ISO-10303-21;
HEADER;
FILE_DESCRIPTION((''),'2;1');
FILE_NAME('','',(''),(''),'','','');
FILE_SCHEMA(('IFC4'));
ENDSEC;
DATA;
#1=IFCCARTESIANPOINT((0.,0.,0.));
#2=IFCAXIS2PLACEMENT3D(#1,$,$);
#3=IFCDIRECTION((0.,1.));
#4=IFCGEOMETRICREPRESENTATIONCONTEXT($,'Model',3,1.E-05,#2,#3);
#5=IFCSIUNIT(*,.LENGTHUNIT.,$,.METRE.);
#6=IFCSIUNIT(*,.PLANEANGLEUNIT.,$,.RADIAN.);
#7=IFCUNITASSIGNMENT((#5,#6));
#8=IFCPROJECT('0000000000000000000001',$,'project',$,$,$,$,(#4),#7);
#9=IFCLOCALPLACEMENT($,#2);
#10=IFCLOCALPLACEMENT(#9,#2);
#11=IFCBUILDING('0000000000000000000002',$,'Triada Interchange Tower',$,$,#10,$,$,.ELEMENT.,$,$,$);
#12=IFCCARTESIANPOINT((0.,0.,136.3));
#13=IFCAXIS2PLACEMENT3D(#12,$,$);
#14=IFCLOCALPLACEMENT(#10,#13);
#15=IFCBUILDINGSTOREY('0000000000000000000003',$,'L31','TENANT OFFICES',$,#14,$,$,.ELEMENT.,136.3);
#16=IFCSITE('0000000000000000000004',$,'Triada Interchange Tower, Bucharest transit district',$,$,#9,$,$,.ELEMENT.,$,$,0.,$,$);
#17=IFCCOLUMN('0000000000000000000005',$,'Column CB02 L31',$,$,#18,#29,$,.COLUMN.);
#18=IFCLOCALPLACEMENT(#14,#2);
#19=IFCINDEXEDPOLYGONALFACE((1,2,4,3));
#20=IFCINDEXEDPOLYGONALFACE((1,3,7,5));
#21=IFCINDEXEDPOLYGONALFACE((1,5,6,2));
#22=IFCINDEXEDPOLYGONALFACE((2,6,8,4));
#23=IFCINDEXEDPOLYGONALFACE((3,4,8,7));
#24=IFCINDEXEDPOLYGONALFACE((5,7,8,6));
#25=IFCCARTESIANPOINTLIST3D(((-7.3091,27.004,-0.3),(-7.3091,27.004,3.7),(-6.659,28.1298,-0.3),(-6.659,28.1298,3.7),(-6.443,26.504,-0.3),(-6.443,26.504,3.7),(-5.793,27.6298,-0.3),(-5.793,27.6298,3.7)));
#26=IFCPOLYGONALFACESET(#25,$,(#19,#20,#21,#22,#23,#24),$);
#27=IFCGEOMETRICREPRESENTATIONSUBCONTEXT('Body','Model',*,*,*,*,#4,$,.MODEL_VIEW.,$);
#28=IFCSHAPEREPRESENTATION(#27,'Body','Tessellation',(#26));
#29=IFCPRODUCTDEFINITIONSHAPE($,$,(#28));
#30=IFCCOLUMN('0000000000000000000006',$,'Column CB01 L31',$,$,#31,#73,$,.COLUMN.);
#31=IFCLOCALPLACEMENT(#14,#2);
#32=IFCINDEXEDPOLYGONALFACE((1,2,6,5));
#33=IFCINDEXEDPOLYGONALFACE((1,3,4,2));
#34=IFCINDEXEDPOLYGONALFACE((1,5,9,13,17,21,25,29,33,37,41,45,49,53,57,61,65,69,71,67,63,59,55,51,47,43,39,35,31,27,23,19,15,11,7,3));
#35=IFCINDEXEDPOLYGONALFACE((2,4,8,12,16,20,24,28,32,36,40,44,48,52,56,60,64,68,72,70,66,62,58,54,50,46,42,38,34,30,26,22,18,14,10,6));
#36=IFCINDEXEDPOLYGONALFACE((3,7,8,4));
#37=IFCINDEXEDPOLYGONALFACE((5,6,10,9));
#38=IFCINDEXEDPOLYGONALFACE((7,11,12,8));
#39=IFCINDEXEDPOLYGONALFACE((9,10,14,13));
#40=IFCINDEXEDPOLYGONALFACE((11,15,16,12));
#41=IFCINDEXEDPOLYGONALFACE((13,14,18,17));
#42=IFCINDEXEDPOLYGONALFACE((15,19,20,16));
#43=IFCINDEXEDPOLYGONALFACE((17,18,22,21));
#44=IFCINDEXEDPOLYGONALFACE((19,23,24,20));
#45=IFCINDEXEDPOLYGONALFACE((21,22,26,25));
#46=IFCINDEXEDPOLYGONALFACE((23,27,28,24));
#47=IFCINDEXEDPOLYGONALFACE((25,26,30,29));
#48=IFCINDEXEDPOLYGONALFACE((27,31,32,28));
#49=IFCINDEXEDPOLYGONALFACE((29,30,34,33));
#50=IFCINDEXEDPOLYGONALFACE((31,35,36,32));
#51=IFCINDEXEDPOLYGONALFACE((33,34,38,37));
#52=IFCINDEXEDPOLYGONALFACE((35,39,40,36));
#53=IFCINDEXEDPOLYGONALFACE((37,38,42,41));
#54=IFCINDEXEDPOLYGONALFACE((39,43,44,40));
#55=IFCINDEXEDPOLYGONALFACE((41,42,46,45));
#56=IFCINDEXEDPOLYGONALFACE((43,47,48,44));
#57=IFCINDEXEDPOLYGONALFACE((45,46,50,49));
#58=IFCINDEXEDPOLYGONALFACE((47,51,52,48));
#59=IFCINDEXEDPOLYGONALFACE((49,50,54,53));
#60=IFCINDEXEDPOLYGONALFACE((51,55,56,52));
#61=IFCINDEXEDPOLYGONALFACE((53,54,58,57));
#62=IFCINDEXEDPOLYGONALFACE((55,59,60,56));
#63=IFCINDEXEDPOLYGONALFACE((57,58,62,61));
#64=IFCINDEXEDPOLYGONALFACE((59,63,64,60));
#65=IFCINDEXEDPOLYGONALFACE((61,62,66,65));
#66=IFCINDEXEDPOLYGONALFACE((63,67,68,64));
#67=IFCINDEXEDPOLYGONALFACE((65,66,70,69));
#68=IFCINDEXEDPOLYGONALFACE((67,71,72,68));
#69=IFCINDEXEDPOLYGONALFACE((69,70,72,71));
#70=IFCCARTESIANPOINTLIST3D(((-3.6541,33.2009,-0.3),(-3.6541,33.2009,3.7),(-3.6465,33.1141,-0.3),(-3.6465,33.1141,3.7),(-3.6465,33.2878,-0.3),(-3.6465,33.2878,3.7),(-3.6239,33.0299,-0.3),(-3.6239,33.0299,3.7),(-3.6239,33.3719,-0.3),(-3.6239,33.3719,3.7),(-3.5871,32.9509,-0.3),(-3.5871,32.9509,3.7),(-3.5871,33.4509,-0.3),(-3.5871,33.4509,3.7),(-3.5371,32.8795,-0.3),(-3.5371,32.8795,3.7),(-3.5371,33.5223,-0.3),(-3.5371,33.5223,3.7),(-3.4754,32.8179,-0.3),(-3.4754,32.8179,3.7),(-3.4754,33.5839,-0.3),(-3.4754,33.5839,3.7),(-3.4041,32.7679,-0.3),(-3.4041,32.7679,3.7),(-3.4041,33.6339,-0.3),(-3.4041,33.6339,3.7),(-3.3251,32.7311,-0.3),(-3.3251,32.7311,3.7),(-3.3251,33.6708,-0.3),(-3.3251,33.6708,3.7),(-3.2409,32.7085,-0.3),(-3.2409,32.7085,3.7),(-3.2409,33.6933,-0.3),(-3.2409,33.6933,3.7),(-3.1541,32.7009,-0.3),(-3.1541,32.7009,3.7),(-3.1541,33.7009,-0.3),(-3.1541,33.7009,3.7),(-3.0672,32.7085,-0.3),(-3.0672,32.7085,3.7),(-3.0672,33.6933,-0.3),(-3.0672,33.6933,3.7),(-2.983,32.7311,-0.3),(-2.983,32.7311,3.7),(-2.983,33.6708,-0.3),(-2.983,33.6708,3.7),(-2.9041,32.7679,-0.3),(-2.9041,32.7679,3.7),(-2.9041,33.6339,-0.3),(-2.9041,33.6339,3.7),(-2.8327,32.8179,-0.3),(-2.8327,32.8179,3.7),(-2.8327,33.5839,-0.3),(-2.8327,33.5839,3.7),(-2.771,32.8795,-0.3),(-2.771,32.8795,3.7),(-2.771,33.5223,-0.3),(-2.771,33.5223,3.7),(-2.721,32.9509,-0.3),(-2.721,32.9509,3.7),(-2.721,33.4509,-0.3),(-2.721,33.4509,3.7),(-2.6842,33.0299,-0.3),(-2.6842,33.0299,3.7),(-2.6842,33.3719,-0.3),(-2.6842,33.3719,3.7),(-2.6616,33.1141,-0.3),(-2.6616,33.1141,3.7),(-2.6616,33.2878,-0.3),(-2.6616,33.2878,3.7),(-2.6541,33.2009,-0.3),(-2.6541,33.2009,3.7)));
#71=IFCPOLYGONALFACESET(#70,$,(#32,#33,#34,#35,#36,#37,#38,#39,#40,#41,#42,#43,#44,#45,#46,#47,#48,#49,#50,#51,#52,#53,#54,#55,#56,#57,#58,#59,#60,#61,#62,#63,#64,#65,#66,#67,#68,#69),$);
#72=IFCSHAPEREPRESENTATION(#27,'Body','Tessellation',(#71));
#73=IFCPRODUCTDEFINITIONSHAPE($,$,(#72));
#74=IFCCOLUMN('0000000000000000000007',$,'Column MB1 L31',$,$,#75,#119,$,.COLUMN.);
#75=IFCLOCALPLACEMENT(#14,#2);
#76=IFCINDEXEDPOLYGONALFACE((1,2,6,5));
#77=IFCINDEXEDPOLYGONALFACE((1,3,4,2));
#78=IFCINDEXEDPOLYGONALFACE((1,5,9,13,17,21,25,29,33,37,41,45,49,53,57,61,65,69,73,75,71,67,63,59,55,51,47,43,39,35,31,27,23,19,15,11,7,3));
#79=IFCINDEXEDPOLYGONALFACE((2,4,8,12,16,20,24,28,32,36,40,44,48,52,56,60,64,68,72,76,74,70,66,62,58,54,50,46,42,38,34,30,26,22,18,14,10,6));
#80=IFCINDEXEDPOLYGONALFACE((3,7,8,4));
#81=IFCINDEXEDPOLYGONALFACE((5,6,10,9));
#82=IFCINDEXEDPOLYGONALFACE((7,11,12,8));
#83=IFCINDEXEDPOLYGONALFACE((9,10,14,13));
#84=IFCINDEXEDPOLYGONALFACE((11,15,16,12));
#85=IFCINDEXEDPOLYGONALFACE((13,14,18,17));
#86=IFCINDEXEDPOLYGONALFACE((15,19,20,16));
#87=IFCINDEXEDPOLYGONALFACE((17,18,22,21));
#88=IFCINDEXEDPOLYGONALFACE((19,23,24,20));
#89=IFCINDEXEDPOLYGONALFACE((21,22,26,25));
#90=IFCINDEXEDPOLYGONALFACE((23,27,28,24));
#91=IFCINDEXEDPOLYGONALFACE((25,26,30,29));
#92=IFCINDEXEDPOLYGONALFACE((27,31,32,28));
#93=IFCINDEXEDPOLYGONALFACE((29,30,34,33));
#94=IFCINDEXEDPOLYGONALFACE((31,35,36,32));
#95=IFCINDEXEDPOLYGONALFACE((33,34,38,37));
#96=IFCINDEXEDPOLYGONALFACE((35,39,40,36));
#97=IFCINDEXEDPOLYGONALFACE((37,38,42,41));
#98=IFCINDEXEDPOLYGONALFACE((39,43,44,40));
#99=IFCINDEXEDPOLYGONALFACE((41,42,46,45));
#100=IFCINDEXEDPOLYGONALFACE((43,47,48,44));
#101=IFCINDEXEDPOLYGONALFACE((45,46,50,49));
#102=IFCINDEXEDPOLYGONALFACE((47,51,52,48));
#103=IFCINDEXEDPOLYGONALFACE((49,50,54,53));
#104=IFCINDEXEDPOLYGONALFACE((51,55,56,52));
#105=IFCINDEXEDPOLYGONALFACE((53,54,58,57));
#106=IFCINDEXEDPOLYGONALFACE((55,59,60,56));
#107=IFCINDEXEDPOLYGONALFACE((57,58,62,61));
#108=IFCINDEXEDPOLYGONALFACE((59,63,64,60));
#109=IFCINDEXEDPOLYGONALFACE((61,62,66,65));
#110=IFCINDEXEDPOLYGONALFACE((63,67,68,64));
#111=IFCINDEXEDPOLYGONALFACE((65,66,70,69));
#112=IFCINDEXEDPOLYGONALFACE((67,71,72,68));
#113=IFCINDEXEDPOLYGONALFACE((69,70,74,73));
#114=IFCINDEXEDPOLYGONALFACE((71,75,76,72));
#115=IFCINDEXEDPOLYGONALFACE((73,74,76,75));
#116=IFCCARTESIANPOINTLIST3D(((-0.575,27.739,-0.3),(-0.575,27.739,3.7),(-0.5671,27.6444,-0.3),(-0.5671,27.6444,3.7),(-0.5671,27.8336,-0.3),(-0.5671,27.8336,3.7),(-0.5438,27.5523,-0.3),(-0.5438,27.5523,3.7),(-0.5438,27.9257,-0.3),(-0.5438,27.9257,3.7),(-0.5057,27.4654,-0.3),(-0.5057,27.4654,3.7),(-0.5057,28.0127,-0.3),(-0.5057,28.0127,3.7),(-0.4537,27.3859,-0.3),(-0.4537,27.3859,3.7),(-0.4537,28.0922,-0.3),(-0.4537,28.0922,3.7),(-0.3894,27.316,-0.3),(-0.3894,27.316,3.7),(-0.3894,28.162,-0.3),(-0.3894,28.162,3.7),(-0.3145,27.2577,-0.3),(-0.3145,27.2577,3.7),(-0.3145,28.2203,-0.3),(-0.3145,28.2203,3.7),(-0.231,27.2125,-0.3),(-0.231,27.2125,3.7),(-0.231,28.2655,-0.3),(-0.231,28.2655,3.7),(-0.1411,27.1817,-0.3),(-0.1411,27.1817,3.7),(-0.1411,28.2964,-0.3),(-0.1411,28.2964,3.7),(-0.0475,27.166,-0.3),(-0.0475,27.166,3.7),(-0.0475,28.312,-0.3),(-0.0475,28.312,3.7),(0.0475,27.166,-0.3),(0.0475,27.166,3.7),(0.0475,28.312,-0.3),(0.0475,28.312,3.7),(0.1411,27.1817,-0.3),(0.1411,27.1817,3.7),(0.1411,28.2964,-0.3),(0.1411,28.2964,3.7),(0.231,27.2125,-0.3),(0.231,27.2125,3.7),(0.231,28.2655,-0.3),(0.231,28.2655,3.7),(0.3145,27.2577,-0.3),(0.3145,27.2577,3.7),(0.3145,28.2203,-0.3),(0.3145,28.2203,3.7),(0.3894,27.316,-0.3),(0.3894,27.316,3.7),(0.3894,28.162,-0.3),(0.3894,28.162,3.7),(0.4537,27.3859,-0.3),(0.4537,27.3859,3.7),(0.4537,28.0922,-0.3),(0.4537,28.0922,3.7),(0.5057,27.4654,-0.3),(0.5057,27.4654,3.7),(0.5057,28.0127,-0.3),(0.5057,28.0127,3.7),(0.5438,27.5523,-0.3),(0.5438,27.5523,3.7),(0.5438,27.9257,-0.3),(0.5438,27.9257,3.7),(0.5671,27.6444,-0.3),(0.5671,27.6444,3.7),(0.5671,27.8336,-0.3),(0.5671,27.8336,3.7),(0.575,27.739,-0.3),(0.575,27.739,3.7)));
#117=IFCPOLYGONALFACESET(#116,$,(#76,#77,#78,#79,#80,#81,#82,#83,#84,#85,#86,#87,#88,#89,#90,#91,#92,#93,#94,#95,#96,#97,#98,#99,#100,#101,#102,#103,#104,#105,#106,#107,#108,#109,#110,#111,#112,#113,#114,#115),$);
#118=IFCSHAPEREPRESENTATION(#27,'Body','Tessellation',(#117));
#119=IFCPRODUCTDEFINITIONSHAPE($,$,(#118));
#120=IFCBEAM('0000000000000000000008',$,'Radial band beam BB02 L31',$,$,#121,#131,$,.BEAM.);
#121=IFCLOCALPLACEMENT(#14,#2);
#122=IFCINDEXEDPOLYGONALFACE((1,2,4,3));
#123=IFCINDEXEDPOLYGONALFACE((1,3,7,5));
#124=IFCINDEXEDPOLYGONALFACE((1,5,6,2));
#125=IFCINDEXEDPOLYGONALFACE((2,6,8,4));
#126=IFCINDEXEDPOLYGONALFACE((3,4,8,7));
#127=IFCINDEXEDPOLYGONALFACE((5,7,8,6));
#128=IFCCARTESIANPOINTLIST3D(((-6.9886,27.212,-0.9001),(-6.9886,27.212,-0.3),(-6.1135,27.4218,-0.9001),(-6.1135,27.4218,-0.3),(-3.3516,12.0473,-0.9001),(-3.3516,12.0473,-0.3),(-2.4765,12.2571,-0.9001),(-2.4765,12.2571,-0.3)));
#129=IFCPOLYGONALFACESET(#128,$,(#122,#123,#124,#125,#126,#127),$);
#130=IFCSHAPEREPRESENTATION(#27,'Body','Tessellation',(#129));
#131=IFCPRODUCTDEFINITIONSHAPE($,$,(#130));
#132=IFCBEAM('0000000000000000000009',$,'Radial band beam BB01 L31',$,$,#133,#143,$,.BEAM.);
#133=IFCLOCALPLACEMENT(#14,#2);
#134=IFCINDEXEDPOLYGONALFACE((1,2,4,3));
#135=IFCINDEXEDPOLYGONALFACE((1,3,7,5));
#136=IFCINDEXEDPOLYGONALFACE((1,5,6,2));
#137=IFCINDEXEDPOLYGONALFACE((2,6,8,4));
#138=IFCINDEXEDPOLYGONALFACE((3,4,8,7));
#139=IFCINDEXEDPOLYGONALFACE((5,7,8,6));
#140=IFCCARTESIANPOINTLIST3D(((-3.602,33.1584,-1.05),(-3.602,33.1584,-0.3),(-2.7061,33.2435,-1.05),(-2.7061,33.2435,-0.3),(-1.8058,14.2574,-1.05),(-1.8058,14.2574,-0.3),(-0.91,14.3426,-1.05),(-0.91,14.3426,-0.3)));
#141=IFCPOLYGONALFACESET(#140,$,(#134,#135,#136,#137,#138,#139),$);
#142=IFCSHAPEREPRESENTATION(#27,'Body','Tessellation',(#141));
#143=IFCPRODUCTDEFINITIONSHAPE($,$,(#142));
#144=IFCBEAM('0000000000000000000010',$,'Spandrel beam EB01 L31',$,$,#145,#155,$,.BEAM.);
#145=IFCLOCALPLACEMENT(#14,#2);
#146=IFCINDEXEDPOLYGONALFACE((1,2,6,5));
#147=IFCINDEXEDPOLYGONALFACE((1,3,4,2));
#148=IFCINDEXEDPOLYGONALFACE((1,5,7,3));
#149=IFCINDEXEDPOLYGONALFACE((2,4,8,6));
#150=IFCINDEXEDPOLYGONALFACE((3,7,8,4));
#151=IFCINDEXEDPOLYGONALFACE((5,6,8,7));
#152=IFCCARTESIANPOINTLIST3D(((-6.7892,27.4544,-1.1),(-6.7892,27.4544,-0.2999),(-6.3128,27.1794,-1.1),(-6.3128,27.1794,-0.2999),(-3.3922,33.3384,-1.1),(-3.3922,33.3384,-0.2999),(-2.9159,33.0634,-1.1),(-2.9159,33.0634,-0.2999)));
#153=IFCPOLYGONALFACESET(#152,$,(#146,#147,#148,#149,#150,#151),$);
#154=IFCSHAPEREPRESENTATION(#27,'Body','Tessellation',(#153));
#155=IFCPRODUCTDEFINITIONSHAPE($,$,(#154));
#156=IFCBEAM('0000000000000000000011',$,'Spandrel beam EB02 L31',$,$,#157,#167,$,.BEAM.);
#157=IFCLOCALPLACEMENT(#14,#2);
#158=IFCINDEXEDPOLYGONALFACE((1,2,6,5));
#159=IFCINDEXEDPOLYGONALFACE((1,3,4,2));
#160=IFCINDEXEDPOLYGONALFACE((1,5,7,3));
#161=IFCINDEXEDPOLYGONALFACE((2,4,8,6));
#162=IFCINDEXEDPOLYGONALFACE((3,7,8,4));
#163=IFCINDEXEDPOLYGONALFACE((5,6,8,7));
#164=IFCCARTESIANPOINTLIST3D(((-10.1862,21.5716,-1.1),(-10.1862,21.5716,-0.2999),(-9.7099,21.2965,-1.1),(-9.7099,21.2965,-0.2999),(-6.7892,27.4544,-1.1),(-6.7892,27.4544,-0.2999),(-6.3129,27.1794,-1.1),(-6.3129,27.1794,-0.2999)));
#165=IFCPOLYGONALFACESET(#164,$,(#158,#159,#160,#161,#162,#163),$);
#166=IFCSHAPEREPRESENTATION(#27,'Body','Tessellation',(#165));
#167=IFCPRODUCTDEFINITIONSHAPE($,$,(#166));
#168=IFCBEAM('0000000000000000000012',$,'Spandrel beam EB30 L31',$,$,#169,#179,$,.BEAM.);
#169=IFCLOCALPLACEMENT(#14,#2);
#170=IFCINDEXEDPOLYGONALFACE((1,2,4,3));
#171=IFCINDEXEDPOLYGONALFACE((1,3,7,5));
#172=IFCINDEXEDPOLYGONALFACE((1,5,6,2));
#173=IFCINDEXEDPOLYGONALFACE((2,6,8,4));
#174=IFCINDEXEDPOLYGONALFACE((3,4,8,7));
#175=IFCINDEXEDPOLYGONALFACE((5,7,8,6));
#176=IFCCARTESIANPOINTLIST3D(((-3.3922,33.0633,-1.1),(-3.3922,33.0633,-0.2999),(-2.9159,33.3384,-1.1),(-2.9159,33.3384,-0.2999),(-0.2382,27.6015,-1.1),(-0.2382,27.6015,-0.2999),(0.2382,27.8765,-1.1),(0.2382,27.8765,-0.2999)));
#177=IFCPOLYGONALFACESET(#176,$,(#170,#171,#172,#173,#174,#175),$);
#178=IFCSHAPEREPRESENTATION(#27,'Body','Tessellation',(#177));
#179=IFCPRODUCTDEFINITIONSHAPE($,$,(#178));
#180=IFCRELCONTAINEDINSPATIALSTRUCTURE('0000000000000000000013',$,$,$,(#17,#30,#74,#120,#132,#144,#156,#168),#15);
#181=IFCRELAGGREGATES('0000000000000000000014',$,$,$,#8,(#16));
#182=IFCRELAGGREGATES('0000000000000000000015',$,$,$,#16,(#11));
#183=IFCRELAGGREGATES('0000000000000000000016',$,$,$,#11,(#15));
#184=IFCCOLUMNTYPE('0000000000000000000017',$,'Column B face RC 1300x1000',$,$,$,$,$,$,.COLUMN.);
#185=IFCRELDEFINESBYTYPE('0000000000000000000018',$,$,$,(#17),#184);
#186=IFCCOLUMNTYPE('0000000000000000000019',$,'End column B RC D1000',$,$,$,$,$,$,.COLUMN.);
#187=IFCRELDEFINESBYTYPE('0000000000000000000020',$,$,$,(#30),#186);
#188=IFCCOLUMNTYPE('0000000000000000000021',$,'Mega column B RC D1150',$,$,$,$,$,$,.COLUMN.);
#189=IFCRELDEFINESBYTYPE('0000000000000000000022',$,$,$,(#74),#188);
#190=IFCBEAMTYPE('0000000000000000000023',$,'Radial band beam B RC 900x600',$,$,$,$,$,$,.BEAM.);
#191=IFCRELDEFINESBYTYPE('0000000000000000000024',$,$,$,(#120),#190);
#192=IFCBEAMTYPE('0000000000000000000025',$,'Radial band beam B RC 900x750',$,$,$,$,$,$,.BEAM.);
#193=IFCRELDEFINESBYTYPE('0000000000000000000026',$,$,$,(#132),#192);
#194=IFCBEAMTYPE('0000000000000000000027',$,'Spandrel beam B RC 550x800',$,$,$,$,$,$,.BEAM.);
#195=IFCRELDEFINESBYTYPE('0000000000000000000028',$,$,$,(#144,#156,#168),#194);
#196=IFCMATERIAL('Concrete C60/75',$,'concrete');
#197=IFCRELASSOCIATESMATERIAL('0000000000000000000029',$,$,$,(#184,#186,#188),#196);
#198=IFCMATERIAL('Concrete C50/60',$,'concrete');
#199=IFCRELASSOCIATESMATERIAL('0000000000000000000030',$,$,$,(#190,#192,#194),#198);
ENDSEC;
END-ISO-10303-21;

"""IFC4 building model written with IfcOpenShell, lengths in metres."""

from ifc_helpers import new_model, si_unit, direction, frame, origin, origin_2d, place, context, subcontext, project, spatial, rectangle, circle, extrude, material, material_profile, profile_set, type_object, element, save


model = new_model("IFC4")

# Units and contexts
model_context = context("Model", 3, precision=1e-05, world=origin(), true_north=direction((0.0, 1.0)))
body_context = subcontext(model_context, "Body", "Model", "MODEL_VIEW")
ifc_project = project(units=[si_unit("LENGTHUNIT", "METRE"), si_unit("PLANEANGLEUNIT", "RADIAN")], contexts=[model_context])

# Site, building, storey
site_placement = place(None, origin())
site = spatial("IfcSite", under=ifc_project, at=site_placement, Name="Triada Interchange Tower, Bucharest transit district", CompositionType="ELEMENT", RefElevation=0.0)
building_placement = place(site_placement, origin())
building = spatial("IfcBuilding", under=site, at=building_placement, Name="Triada Interchange Tower", CompositionType="ELEMENT")
storey_placement = place(building_placement, frame((0.0, 0.0, 136.3)))
storey = spatial("IfcBuildingStorey", under=building, at=storey_placement, Name="L31", Description="TENANT OFFICES", CompositionType="ELEMENT", Elevation=136.3)

# Columns
ifc_material_1 = material(Name="Concrete C60/75", Category="concrete")
ifc_material_profile_1 = material_profile(ifc_material_1, rectangle(XDim=1.3, YDim=1.0, at=origin_2d()), Name="RC 1300x1000")
ifc_profile_set_1 = profile_set([ifc_material_profile_1], Name="Concrete C60/75")
column_type_1 = type_object("IfcColumnType", Name="Column B face RC 1300x1000", PredefinedType="COLUMN", material=ifc_profile_set_1)
column_1_placement = place(storey_placement, frame((-6.551, 27.3169, -0.3), z_axis=(0.0, 0.0, 1.0), x_axis=(0.5, 0.866025, 0.0)))
element("IfcColumn", 1, at=column_1_placement, inside=storey, type_object=column_type_1, Name="Column CB02 L31", PredefinedType="COLUMN", context=body_context, shape_type="SweptSolid", body=[
    extrude(rectangle(XDim=1.3, YDim=1.0, at=origin_2d()), origin(), (0.0, 0.0, 1.0), 4.0),
])
ifc_material_profile_2 = material_profile(ifc_material_1, circle(Radius=0.5, at=origin_2d()), Name="RC D1000")
ifc_profile_set_2 = profile_set([ifc_material_profile_2], Name="Concrete C60/75")
column_type_2 = type_object("IfcColumnType", Name="End column B RC D1000", PredefinedType="COLUMN", material=ifc_profile_set_2)
column_2_placement = place(storey_placement, frame((-3.1541, 33.2009, -0.3), z_axis=(0.0, 0.0, 1.0), x_axis=(0.5, 0.866025, 0.0)))
element("IfcColumn", 2, at=column_2_placement, inside=storey, type_object=column_type_2, Name="Column CB01 L31", PredefinedType="COLUMN", context=body_context, shape_type="SweptSolid", body=[
    extrude(circle(Radius=0.5, at=origin_2d()), origin(), (0.0, 0.0, 1.0), 4.0),
])
ifc_material_profile_3 = material_profile(ifc_material_1, circle(Radius=0.575, at=origin_2d()), Name="RC D1150")
ifc_profile_set_3 = profile_set([ifc_material_profile_3], Name="Concrete C60/75")
column_type_3 = type_object("IfcColumnType", Name="Mega column B RC D1150", PredefinedType="COLUMN", material=ifc_profile_set_3)
column_3_placement = place(storey_placement, frame((0.0, 27.739, -0.3), z_axis=(0.0, 0.0, 1.0), x_axis=(1.0, 0.0, 0.0)))
element("IfcColumn", 3, at=column_3_placement, inside=storey, type_object=column_type_3, Name="Column MB1 L31", PredefinedType="COLUMN", context=body_context, shape_type="SweptSolid", body=[
    extrude(circle(Radius=0.575, at=origin_2d()), origin(), (0.0, 0.0, 1.0), 4.0),
])

# Beams
ifc_material_2 = material(Name="Concrete C50/60", Category="concrete")
ifc_material_profile_4 = material_profile(ifc_material_2, rectangle(XDim=0.8999, YDim=0.6001, at=origin_2d()), Name="RC 900x600")
ifc_profile_set_4 = profile_set([ifc_material_profile_4], Name="Concrete C50/60")
beam_type_1 = type_object("IfcBeamType", Name="Radial band beam B RC 900x600", PredefinedType="BEAM", material=ifc_profile_set_4)
beam_1_placement = place(storey_placement, frame((-6.551, 27.3169, -0.6001), z_axis=(0.233216, -0.972425, 0.0), x_axis=(0.972425, 0.233216, 0.0)))
element("IfcBeam", 4, at=beam_1_placement, inside=storey, type_object=beam_type_1, Name="Radial band beam BB02 L31", PredefinedType="BEAM", context=body_context, shape_type="SweptSolid", body=[
    extrude(rectangle(XDim=0.8999, YDim=0.6001, at=origin_2d()), origin(), (0.0, 0.0, 1.0), 15.5947),
])
ifc_material_profile_5 = material_profile(ifc_material_2, rectangle(XDim=0.8999, YDim=0.75, at=origin_2d()), Name="RC 900x750")
ifc_profile_set_5 = profile_set([ifc_material_profile_5], Name="Concrete C50/60")
beam_type_2 = type_object("IfcBeamType", Name="Radial band beam B RC 900x750", PredefinedType="BEAM", material=ifc_profile_set_5)
beam_2_placement = place(storey_placement, frame((-3.1541, 33.2009, -0.675), z_axis=(0.094603, -0.995515, 0.0), x_axis=(0.995515, 0.094603, 0.0)))
element("IfcBeam", 5, at=beam_2_placement, inside=storey, type_object=beam_type_2, Name="Radial band beam BB01 L31", PredefinedType="BEAM", context=body_context, shape_type="SweptSolid", body=[
    extrude(rectangle(XDim=0.8999, YDim=0.75, at=origin_2d()), origin(), (0.0, 0.0, 1.0), 18.9861),
])
ifc_material_profile_6 = material_profile(ifc_material_2, rectangle(XDim=0.55, YDim=0.8, at=origin_2d()), Name="RC 550x800")
ifc_profile_set_6 = profile_set([ifc_material_profile_6], Name="Concrete C50/60")
beam_type_3 = type_object("IfcBeamType", Name="Spandrel beam B RC 550x800", PredefinedType="BEAM", material=ifc_profile_set_6)
beam_3_placement = place(storey_placement, frame((-3.1541, 33.2009, -0.7), z_axis=(-0.499981, -0.866037, 0.0), x_axis=(0.866037, -0.499981, 0.0)))
element("IfcBeam", 6, at=beam_3_placement, inside=storey, type_object=beam_type_3, Name="Spandrel beam EB01 L31", PredefinedType="BEAM", context=body_context, shape_type="SweptSolid", body=[
    extrude(rectangle(XDim=0.55, YDim=0.8, at=origin_2d()), origin(), (0.0, 0.0, 1.0), 6.7942),
])
beam_4_placement = place(storey_placement, frame((-6.551, 27.3169, -0.7), z_axis=(-0.500058, -0.865992, 0.0), x_axis=(0.865992, -0.500058, 0.0)))
element("IfcBeam", 7, at=beam_4_placement, inside=storey, type_object=beam_type_3, Name="Spandrel beam EB02 L31", PredefinedType="BEAM", context=body_context, shape_type="SweptSolid", body=[
    extrude(rectangle(XDim=0.55, YDim=0.8, at=origin_2d()), origin(), (0.0, 0.0, 1.0), 6.7932),
])
beam_5_placement = place(storey_placement, frame((0.0, 27.739, -0.7), z_axis=(-0.500073, 0.865983, 0.0), x_axis=(-0.865983, -0.500073, 0.0)))
element("IfcBeam", 8, at=beam_5_placement, inside=storey, type_object=beam_type_3, Name="Spandrel beam EB30 L31", PredefinedType="BEAM", context=body_context, shape_type="SweptSolid", body=[
    extrude(rectangle(XDim=0.55, YDim=0.8, at=origin_2d()), origin(), (0.0, 0.0, 1.0), 6.3071),
])

save(model, "model.ifc")
